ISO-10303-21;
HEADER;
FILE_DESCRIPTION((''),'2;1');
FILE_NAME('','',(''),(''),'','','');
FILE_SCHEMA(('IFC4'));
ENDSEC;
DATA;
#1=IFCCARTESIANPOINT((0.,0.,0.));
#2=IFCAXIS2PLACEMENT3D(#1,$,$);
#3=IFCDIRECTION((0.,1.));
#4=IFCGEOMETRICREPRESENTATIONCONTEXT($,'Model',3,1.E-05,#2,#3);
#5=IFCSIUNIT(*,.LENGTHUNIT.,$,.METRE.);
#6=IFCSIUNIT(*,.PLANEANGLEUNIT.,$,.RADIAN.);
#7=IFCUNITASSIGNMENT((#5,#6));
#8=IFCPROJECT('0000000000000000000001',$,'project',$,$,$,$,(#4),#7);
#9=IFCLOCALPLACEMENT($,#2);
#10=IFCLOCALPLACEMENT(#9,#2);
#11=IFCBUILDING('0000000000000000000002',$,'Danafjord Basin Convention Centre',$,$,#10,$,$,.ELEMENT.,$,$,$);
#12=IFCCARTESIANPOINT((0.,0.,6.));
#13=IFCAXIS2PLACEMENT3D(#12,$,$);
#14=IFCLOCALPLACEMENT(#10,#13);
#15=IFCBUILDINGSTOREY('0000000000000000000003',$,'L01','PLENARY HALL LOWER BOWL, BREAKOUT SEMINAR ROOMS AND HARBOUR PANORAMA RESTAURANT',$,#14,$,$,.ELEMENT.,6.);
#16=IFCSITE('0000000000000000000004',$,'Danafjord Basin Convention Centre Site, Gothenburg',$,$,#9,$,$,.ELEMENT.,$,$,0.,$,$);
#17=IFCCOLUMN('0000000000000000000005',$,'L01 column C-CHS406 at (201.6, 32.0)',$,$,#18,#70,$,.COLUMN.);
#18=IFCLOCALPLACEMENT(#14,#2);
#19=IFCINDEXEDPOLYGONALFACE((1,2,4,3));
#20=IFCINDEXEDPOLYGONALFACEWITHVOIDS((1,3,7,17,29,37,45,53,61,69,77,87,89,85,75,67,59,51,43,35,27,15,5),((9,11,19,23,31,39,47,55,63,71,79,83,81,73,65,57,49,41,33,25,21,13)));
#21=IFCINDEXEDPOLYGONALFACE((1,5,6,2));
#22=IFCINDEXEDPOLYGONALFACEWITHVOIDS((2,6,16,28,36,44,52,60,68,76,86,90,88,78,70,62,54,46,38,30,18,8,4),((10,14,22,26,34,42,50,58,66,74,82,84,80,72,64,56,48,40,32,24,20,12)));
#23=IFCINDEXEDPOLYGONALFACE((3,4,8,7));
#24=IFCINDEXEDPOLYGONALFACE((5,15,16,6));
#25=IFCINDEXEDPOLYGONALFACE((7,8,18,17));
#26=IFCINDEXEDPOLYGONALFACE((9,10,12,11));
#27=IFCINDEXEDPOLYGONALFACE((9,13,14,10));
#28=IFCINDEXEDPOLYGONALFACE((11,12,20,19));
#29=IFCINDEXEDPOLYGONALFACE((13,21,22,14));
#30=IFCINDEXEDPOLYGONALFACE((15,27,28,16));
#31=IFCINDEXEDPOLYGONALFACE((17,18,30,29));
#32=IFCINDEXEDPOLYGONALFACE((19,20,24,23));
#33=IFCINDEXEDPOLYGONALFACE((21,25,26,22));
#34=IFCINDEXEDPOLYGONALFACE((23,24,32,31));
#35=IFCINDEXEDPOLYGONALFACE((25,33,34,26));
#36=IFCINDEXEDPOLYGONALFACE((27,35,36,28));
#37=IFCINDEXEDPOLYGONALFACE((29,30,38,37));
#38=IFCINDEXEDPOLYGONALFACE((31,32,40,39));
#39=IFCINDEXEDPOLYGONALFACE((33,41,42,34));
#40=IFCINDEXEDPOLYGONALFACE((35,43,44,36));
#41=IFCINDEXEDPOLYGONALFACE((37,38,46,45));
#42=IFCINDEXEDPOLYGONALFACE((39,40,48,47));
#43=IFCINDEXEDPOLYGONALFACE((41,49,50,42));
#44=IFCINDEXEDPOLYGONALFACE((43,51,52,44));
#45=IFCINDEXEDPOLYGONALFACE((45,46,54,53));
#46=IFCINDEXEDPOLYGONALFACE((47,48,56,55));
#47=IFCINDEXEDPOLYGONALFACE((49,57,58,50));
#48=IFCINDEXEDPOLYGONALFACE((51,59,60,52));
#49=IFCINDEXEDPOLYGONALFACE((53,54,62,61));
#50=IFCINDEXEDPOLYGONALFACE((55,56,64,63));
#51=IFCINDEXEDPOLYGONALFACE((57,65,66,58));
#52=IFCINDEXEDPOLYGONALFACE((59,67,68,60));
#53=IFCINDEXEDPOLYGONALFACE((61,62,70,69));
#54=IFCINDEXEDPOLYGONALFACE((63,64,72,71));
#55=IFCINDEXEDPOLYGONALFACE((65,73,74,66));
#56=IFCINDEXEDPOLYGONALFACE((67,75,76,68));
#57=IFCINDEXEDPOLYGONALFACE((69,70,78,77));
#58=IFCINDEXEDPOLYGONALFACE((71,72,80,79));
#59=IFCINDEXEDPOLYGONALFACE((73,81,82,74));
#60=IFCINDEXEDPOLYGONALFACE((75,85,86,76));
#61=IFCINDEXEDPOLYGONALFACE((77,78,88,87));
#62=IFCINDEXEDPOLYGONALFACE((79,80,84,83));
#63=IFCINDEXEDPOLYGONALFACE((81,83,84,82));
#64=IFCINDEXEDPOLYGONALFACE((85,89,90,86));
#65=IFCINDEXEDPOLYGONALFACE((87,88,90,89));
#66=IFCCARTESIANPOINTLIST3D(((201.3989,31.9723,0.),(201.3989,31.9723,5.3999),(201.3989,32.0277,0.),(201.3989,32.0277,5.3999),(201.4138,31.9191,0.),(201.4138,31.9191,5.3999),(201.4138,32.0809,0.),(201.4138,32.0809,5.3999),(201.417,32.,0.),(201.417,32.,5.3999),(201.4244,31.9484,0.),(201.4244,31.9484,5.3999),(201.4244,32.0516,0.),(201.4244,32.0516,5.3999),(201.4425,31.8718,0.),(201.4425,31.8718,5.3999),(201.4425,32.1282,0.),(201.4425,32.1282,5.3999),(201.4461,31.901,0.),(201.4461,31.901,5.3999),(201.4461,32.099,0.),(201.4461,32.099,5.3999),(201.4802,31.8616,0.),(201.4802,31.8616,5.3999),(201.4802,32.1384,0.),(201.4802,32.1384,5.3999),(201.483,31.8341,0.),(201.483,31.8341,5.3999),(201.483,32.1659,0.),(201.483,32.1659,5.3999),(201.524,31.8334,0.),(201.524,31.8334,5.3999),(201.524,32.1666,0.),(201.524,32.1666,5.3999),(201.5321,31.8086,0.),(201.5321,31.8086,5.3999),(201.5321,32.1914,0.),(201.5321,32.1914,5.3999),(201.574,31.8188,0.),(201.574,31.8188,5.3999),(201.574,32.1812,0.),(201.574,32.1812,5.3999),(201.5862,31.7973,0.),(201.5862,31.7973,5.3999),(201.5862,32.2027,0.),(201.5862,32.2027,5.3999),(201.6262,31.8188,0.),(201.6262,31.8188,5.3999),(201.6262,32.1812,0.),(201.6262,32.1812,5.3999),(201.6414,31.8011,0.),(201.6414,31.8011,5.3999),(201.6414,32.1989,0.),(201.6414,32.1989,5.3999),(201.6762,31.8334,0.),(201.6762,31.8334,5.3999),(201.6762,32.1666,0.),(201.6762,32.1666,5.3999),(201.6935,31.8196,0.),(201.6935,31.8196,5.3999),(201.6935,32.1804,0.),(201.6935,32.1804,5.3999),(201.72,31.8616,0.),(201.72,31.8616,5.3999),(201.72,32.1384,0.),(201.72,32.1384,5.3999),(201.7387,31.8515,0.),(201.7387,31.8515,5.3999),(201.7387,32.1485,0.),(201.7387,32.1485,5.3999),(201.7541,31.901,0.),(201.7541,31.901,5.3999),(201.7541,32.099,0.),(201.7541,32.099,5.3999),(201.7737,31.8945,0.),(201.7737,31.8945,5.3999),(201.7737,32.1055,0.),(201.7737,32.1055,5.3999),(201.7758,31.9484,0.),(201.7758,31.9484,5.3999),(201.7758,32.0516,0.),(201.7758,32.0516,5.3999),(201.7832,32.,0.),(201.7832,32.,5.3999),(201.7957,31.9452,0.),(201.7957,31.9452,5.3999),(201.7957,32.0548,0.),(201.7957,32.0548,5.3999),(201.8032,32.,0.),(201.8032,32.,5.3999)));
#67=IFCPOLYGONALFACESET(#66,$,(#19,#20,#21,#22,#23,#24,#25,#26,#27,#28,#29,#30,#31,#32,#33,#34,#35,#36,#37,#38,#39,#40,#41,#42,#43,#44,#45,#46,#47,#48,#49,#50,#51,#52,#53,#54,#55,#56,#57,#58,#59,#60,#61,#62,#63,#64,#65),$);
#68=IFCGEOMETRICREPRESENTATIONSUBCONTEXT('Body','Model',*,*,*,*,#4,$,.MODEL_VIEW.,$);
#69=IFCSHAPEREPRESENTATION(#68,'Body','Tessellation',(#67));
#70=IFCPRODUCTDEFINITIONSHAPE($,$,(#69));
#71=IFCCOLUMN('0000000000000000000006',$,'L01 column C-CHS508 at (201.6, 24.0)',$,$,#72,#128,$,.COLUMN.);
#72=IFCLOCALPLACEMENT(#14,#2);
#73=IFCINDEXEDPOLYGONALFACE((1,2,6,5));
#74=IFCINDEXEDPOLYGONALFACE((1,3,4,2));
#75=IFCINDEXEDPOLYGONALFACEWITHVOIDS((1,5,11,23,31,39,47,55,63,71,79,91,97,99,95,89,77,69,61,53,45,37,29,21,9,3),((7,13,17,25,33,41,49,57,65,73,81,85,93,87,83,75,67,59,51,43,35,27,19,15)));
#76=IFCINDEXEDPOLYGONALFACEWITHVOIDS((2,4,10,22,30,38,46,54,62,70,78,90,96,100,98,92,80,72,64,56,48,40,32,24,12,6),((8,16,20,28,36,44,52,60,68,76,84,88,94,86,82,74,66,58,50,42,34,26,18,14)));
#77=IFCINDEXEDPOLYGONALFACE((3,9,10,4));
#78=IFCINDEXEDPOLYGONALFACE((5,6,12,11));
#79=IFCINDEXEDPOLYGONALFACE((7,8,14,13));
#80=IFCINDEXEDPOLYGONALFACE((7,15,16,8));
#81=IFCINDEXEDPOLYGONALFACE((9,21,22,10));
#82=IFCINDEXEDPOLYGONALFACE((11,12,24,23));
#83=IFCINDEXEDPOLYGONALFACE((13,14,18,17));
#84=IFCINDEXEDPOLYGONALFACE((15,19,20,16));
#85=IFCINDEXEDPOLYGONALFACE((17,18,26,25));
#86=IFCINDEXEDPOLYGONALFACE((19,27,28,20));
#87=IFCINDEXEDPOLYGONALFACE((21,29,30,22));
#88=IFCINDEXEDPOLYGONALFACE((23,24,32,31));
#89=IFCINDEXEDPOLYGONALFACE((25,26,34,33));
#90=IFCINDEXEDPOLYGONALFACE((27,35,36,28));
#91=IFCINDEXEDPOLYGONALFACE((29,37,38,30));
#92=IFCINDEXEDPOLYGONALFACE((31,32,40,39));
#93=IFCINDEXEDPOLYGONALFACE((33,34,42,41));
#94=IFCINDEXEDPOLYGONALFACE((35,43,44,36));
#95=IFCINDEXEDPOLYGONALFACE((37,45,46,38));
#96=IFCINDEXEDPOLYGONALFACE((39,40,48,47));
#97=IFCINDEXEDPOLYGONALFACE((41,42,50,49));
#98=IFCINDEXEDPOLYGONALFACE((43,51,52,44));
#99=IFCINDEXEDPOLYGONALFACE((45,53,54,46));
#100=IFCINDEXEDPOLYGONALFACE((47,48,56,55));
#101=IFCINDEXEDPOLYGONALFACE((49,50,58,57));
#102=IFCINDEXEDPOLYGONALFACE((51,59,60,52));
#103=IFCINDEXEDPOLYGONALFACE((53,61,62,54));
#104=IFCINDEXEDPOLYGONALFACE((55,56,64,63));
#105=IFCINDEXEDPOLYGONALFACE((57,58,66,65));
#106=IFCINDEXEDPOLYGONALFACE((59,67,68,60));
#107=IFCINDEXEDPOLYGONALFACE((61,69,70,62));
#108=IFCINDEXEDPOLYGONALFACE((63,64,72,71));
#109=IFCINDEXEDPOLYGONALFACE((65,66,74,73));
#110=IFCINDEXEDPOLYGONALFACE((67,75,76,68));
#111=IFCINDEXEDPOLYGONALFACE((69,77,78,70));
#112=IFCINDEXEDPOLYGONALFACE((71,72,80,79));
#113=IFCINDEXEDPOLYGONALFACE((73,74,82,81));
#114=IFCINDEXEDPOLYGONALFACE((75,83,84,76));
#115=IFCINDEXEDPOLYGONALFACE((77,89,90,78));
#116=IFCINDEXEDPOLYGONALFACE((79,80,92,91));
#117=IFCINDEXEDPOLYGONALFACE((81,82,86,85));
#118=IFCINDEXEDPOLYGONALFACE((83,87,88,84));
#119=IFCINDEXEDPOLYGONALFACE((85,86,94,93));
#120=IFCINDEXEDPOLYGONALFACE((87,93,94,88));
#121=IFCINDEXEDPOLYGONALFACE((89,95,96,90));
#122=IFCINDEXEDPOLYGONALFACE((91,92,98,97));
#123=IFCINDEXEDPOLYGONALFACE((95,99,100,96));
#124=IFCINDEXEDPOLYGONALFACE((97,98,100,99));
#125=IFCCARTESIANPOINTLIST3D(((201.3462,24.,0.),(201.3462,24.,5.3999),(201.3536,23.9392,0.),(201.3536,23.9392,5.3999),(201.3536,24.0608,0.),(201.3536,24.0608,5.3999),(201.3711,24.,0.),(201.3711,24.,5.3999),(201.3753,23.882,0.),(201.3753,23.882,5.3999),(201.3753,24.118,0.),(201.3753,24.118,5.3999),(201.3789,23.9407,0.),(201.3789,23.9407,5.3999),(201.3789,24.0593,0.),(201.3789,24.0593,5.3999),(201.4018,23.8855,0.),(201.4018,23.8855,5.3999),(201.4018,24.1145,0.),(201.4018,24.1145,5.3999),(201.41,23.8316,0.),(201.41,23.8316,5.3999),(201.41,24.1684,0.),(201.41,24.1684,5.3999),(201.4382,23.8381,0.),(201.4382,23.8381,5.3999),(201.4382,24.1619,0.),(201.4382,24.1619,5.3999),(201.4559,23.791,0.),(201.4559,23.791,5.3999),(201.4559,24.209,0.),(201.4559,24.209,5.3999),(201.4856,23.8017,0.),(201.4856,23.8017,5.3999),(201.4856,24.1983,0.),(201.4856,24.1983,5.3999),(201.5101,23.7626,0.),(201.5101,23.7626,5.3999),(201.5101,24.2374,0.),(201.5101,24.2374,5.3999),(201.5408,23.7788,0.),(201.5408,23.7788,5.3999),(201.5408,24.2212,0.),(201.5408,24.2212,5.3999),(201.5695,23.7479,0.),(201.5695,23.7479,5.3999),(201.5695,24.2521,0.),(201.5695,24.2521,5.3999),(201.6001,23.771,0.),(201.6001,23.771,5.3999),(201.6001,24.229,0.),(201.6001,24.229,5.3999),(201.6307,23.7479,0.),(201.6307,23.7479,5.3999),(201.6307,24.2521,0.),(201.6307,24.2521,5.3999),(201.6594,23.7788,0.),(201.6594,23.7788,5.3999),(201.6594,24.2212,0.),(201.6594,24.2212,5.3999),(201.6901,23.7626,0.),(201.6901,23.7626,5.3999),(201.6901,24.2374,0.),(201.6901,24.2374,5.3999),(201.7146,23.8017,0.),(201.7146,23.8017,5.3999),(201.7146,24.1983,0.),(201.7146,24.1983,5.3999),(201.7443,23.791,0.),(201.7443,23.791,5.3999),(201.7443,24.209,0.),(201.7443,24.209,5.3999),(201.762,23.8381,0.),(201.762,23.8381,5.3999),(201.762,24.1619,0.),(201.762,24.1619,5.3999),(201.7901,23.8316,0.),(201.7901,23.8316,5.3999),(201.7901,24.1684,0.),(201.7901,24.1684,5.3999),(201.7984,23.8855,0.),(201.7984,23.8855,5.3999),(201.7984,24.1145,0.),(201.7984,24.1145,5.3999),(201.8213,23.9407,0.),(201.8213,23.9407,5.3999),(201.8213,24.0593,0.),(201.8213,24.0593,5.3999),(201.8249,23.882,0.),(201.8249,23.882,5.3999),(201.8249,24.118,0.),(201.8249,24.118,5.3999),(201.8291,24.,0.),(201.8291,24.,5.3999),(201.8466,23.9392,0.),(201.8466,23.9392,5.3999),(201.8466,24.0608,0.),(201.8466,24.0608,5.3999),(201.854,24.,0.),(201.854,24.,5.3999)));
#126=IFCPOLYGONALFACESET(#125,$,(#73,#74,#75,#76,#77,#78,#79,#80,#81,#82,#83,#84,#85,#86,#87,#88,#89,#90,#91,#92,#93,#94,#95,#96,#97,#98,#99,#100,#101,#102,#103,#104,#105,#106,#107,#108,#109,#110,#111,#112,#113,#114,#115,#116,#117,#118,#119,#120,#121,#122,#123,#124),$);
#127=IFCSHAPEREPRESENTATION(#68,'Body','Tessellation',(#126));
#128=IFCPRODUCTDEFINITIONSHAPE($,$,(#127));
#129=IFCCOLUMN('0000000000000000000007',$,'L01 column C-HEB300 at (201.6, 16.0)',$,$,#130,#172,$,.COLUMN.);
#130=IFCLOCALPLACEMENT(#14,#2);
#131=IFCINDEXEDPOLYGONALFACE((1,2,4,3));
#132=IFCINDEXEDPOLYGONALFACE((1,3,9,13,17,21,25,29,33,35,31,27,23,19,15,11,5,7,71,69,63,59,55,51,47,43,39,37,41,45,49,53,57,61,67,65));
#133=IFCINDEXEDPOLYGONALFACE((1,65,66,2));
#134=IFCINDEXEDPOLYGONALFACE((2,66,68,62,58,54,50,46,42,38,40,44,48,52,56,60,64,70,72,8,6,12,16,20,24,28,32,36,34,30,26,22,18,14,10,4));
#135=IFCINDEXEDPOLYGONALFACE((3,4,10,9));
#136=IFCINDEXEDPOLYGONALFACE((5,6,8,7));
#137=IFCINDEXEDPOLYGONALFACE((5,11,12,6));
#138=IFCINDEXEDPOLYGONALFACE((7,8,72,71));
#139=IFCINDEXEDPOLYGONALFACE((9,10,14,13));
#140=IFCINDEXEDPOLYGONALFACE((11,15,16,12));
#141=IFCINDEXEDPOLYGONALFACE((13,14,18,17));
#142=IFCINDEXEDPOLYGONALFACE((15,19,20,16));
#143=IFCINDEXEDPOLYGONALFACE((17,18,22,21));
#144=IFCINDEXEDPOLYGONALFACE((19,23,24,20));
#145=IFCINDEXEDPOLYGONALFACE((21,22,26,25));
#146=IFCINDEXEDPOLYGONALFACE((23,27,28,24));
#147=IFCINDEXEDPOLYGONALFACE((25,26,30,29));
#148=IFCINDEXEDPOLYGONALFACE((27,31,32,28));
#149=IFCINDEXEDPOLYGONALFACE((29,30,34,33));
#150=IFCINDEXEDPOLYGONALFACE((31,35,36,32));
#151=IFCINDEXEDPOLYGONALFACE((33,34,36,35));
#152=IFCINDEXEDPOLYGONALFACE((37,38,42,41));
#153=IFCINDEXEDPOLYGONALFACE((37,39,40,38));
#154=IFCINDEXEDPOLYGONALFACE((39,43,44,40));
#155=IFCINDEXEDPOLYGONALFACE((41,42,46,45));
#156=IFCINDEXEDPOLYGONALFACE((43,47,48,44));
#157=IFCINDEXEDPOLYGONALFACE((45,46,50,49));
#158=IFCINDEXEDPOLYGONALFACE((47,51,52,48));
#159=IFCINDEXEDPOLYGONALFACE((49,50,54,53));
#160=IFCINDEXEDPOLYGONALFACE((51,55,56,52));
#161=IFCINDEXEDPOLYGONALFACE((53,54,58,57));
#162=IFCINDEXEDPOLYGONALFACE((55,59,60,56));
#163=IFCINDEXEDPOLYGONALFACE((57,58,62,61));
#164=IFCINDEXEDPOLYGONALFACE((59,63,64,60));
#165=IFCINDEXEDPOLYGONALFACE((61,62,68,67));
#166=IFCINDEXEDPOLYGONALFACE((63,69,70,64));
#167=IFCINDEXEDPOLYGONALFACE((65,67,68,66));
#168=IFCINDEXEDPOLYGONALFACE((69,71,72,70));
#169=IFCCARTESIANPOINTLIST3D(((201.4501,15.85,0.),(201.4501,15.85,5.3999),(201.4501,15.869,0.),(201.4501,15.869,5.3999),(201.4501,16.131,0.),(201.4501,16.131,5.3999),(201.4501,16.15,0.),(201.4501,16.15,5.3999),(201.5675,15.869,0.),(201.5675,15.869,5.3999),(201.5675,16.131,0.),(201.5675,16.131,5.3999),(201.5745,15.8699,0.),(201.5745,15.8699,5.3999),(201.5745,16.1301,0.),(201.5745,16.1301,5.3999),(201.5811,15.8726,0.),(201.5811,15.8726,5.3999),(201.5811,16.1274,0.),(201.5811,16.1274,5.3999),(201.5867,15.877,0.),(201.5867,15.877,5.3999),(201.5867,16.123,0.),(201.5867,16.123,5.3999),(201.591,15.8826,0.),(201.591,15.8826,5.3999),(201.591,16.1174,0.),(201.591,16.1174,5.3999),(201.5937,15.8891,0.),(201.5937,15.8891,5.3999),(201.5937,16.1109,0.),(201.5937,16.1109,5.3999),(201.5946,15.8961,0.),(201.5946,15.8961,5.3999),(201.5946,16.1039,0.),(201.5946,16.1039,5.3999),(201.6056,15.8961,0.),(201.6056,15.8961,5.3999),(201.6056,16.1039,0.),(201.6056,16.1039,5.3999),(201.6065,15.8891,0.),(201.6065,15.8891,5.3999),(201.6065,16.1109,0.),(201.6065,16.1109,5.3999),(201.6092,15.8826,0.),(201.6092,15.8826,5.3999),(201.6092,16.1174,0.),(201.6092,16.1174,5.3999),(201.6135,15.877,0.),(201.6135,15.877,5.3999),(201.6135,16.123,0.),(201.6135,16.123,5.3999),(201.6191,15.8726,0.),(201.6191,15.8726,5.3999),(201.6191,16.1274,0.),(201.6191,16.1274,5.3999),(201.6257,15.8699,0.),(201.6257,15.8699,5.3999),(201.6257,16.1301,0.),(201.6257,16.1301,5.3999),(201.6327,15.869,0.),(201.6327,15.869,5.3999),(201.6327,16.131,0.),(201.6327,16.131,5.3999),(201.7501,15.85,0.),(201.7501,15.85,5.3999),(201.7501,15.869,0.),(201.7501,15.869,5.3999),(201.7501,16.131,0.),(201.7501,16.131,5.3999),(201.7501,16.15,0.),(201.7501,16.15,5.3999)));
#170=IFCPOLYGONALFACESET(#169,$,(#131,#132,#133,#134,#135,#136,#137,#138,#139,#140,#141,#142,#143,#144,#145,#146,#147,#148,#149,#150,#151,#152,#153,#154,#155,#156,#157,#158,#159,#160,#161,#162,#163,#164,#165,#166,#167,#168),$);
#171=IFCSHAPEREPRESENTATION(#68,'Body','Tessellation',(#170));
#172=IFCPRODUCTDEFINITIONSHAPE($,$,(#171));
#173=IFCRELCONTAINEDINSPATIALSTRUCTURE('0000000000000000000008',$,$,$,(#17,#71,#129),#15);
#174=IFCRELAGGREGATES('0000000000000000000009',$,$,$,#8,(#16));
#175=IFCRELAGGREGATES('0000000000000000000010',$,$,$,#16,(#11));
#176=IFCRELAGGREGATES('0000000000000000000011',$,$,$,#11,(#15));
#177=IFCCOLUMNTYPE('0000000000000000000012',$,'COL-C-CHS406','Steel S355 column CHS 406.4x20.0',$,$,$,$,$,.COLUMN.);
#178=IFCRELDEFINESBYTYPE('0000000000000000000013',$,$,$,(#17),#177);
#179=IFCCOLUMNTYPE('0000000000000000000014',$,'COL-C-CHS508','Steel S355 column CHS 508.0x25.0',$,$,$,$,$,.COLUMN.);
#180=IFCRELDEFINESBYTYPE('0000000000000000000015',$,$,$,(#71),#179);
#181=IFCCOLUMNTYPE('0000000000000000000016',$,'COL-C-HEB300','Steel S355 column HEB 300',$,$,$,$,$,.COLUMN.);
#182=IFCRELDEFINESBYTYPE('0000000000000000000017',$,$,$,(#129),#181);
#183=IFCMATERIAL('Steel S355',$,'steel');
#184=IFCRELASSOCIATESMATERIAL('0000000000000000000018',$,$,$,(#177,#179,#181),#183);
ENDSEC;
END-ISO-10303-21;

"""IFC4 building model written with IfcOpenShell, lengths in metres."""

from ifc_helpers import new_model, si_unit, direction, frame, origin, origin_2d, place, context, subcontext, project, spatial, hollow_circle, i_section, extrude, material, material_profile, profile_set, type_object, element, save


model = new_model("IFC4")

# Units and contexts
model_context = context("Model", 3, precision=1e-05, world=origin(), true_north=direction((0.0, 1.0)))
body_context = subcontext(model_context, "Body", "Model", "MODEL_VIEW")
ifc_project = project(units=[si_unit("LENGTHUNIT", "METRE"), si_unit("PLANEANGLEUNIT", "RADIAN")], contexts=[model_context])

# Site, building, storey
site_placement = place(None, origin())
site = spatial("IfcSite", under=ifc_project, at=site_placement, Name="Danafjord Basin Convention Centre Site, Gothenburg", CompositionType="ELEMENT", RefElevation=0.0)
building_placement = place(site_placement, origin())
building = spatial("IfcBuilding", under=site, at=building_placement, Name="Danafjord Basin Convention Centre", CompositionType="ELEMENT")
storey_placement = place(building_placement, frame((0.0, 0.0, 6.0)))
storey = spatial("IfcBuildingStorey", under=building, at=storey_placement, Name="L01", Description="PLENARY HALL LOWER BOWL, BREAKOUT SEMINAR ROOMS AND HARBOUR PANORAMA RESTAURANT", CompositionType="ELEMENT", Elevation=6.0)

# Columns
ifc_material_1 = material(Name="Steel S355", Category="steel")
ifc_material_profile_1 = material_profile(ifc_material_1, hollow_circle(Radius=0.2031, WallThickness=0.02, at=origin_2d()), Name="CHS 406.4x20.0")
ifc_profile_set_1 = profile_set([ifc_material_profile_1], Name="Steel S355")
column_type_1 = type_object("IfcColumnType", Name="COL-C-CHS406", Description="Steel S355 column CHS 406.4x20.0", PredefinedType="COLUMN", material=ifc_profile_set_1)
column_1_placement = place(storey_placement, frame((201.6001, 32.0, 0.0), z_axis=(0.0, 0.0, 1.0), x_axis=(1.0, 0.0, 0.0)))
element("IfcColumn", 1, at=column_1_placement, inside=storey, type_object=column_type_1, Name="L01 column C-CHS406 at (201.6, 32.0)", PredefinedType="COLUMN", context=body_context, shape_type="SweptSolid", body=[
    extrude(hollow_circle(Radius=0.2031, WallThickness=0.02, at=origin_2d()), origin(), (0.0, 0.0, 1.0), 5.3999),
])
ifc_material_profile_2 = material_profile(ifc_material_1, hollow_circle(Radius=0.2539, WallThickness=0.0249, at=origin_2d()), Name="CHS 508.0x25.0")
ifc_profile_set_2 = profile_set([ifc_material_profile_2], Name="Steel S355")
column_type_2 = type_object("IfcColumnType", Name="COL-C-CHS508", Description="Steel S355 column CHS 508.0x25.0", PredefinedType="COLUMN", material=ifc_profile_set_2)
column_2_placement = place(storey_placement, frame((201.6001, 24.0, 0.0), z_axis=(0.0, 0.0, 1.0), x_axis=(1.0, 0.0, 0.0)))
element("IfcColumn", 2, at=column_2_placement, inside=storey, type_object=column_type_2, Name="L01 column C-CHS508 at (201.6, 24.0)", PredefinedType="COLUMN", context=body_context, shape_type="SweptSolid", body=[
    extrude(hollow_circle(Radius=0.2539, WallThickness=0.0249, at=origin_2d()), origin(), (0.0, 0.0, 1.0), 5.3999),
])
ifc_material_profile_3 = material_profile(ifc_material_1, i_section(OverallWidth=0.3, OverallDepth=0.3, WebThickness=0.011, FlangeThickness=0.019, FilletRadius=0.0271, at=origin_2d()), Name="HEB 300")
ifc_profile_set_3 = profile_set([ifc_material_profile_3], Name="Steel S355")
column_type_3 = type_object("IfcColumnType", Name="COL-C-HEB300", Description="Steel S355 column HEB 300", PredefinedType="COLUMN", material=ifc_profile_set_3)
for number, where, z_axis, x_axis, name in (
    (3, (201.6001, 16.0, 0.0), (0.0, 0.0, 1.0), (1.0, 0.0, 0.0), "L01 column C-HEB300 at (201.6, 16.0)"),
):
    element("IfcColumn", number, at=place(storey_placement, frame(where, z_axis=z_axis, x_axis=x_axis)), inside=storey, type_object=column_type_3, Name=name, PredefinedType="COLUMN", context=body_context, shape_type="SweptSolid", body=[
        extrude(i_section(OverallWidth=0.3, OverallDepth=0.3, WebThickness=0.011, FlangeThickness=0.019, FilletRadius=0.0271, at=origin_2d()), origin(), (0.0, 0.0, 1.0), 5.3999),
    ])

save(model, "model.ifc")
